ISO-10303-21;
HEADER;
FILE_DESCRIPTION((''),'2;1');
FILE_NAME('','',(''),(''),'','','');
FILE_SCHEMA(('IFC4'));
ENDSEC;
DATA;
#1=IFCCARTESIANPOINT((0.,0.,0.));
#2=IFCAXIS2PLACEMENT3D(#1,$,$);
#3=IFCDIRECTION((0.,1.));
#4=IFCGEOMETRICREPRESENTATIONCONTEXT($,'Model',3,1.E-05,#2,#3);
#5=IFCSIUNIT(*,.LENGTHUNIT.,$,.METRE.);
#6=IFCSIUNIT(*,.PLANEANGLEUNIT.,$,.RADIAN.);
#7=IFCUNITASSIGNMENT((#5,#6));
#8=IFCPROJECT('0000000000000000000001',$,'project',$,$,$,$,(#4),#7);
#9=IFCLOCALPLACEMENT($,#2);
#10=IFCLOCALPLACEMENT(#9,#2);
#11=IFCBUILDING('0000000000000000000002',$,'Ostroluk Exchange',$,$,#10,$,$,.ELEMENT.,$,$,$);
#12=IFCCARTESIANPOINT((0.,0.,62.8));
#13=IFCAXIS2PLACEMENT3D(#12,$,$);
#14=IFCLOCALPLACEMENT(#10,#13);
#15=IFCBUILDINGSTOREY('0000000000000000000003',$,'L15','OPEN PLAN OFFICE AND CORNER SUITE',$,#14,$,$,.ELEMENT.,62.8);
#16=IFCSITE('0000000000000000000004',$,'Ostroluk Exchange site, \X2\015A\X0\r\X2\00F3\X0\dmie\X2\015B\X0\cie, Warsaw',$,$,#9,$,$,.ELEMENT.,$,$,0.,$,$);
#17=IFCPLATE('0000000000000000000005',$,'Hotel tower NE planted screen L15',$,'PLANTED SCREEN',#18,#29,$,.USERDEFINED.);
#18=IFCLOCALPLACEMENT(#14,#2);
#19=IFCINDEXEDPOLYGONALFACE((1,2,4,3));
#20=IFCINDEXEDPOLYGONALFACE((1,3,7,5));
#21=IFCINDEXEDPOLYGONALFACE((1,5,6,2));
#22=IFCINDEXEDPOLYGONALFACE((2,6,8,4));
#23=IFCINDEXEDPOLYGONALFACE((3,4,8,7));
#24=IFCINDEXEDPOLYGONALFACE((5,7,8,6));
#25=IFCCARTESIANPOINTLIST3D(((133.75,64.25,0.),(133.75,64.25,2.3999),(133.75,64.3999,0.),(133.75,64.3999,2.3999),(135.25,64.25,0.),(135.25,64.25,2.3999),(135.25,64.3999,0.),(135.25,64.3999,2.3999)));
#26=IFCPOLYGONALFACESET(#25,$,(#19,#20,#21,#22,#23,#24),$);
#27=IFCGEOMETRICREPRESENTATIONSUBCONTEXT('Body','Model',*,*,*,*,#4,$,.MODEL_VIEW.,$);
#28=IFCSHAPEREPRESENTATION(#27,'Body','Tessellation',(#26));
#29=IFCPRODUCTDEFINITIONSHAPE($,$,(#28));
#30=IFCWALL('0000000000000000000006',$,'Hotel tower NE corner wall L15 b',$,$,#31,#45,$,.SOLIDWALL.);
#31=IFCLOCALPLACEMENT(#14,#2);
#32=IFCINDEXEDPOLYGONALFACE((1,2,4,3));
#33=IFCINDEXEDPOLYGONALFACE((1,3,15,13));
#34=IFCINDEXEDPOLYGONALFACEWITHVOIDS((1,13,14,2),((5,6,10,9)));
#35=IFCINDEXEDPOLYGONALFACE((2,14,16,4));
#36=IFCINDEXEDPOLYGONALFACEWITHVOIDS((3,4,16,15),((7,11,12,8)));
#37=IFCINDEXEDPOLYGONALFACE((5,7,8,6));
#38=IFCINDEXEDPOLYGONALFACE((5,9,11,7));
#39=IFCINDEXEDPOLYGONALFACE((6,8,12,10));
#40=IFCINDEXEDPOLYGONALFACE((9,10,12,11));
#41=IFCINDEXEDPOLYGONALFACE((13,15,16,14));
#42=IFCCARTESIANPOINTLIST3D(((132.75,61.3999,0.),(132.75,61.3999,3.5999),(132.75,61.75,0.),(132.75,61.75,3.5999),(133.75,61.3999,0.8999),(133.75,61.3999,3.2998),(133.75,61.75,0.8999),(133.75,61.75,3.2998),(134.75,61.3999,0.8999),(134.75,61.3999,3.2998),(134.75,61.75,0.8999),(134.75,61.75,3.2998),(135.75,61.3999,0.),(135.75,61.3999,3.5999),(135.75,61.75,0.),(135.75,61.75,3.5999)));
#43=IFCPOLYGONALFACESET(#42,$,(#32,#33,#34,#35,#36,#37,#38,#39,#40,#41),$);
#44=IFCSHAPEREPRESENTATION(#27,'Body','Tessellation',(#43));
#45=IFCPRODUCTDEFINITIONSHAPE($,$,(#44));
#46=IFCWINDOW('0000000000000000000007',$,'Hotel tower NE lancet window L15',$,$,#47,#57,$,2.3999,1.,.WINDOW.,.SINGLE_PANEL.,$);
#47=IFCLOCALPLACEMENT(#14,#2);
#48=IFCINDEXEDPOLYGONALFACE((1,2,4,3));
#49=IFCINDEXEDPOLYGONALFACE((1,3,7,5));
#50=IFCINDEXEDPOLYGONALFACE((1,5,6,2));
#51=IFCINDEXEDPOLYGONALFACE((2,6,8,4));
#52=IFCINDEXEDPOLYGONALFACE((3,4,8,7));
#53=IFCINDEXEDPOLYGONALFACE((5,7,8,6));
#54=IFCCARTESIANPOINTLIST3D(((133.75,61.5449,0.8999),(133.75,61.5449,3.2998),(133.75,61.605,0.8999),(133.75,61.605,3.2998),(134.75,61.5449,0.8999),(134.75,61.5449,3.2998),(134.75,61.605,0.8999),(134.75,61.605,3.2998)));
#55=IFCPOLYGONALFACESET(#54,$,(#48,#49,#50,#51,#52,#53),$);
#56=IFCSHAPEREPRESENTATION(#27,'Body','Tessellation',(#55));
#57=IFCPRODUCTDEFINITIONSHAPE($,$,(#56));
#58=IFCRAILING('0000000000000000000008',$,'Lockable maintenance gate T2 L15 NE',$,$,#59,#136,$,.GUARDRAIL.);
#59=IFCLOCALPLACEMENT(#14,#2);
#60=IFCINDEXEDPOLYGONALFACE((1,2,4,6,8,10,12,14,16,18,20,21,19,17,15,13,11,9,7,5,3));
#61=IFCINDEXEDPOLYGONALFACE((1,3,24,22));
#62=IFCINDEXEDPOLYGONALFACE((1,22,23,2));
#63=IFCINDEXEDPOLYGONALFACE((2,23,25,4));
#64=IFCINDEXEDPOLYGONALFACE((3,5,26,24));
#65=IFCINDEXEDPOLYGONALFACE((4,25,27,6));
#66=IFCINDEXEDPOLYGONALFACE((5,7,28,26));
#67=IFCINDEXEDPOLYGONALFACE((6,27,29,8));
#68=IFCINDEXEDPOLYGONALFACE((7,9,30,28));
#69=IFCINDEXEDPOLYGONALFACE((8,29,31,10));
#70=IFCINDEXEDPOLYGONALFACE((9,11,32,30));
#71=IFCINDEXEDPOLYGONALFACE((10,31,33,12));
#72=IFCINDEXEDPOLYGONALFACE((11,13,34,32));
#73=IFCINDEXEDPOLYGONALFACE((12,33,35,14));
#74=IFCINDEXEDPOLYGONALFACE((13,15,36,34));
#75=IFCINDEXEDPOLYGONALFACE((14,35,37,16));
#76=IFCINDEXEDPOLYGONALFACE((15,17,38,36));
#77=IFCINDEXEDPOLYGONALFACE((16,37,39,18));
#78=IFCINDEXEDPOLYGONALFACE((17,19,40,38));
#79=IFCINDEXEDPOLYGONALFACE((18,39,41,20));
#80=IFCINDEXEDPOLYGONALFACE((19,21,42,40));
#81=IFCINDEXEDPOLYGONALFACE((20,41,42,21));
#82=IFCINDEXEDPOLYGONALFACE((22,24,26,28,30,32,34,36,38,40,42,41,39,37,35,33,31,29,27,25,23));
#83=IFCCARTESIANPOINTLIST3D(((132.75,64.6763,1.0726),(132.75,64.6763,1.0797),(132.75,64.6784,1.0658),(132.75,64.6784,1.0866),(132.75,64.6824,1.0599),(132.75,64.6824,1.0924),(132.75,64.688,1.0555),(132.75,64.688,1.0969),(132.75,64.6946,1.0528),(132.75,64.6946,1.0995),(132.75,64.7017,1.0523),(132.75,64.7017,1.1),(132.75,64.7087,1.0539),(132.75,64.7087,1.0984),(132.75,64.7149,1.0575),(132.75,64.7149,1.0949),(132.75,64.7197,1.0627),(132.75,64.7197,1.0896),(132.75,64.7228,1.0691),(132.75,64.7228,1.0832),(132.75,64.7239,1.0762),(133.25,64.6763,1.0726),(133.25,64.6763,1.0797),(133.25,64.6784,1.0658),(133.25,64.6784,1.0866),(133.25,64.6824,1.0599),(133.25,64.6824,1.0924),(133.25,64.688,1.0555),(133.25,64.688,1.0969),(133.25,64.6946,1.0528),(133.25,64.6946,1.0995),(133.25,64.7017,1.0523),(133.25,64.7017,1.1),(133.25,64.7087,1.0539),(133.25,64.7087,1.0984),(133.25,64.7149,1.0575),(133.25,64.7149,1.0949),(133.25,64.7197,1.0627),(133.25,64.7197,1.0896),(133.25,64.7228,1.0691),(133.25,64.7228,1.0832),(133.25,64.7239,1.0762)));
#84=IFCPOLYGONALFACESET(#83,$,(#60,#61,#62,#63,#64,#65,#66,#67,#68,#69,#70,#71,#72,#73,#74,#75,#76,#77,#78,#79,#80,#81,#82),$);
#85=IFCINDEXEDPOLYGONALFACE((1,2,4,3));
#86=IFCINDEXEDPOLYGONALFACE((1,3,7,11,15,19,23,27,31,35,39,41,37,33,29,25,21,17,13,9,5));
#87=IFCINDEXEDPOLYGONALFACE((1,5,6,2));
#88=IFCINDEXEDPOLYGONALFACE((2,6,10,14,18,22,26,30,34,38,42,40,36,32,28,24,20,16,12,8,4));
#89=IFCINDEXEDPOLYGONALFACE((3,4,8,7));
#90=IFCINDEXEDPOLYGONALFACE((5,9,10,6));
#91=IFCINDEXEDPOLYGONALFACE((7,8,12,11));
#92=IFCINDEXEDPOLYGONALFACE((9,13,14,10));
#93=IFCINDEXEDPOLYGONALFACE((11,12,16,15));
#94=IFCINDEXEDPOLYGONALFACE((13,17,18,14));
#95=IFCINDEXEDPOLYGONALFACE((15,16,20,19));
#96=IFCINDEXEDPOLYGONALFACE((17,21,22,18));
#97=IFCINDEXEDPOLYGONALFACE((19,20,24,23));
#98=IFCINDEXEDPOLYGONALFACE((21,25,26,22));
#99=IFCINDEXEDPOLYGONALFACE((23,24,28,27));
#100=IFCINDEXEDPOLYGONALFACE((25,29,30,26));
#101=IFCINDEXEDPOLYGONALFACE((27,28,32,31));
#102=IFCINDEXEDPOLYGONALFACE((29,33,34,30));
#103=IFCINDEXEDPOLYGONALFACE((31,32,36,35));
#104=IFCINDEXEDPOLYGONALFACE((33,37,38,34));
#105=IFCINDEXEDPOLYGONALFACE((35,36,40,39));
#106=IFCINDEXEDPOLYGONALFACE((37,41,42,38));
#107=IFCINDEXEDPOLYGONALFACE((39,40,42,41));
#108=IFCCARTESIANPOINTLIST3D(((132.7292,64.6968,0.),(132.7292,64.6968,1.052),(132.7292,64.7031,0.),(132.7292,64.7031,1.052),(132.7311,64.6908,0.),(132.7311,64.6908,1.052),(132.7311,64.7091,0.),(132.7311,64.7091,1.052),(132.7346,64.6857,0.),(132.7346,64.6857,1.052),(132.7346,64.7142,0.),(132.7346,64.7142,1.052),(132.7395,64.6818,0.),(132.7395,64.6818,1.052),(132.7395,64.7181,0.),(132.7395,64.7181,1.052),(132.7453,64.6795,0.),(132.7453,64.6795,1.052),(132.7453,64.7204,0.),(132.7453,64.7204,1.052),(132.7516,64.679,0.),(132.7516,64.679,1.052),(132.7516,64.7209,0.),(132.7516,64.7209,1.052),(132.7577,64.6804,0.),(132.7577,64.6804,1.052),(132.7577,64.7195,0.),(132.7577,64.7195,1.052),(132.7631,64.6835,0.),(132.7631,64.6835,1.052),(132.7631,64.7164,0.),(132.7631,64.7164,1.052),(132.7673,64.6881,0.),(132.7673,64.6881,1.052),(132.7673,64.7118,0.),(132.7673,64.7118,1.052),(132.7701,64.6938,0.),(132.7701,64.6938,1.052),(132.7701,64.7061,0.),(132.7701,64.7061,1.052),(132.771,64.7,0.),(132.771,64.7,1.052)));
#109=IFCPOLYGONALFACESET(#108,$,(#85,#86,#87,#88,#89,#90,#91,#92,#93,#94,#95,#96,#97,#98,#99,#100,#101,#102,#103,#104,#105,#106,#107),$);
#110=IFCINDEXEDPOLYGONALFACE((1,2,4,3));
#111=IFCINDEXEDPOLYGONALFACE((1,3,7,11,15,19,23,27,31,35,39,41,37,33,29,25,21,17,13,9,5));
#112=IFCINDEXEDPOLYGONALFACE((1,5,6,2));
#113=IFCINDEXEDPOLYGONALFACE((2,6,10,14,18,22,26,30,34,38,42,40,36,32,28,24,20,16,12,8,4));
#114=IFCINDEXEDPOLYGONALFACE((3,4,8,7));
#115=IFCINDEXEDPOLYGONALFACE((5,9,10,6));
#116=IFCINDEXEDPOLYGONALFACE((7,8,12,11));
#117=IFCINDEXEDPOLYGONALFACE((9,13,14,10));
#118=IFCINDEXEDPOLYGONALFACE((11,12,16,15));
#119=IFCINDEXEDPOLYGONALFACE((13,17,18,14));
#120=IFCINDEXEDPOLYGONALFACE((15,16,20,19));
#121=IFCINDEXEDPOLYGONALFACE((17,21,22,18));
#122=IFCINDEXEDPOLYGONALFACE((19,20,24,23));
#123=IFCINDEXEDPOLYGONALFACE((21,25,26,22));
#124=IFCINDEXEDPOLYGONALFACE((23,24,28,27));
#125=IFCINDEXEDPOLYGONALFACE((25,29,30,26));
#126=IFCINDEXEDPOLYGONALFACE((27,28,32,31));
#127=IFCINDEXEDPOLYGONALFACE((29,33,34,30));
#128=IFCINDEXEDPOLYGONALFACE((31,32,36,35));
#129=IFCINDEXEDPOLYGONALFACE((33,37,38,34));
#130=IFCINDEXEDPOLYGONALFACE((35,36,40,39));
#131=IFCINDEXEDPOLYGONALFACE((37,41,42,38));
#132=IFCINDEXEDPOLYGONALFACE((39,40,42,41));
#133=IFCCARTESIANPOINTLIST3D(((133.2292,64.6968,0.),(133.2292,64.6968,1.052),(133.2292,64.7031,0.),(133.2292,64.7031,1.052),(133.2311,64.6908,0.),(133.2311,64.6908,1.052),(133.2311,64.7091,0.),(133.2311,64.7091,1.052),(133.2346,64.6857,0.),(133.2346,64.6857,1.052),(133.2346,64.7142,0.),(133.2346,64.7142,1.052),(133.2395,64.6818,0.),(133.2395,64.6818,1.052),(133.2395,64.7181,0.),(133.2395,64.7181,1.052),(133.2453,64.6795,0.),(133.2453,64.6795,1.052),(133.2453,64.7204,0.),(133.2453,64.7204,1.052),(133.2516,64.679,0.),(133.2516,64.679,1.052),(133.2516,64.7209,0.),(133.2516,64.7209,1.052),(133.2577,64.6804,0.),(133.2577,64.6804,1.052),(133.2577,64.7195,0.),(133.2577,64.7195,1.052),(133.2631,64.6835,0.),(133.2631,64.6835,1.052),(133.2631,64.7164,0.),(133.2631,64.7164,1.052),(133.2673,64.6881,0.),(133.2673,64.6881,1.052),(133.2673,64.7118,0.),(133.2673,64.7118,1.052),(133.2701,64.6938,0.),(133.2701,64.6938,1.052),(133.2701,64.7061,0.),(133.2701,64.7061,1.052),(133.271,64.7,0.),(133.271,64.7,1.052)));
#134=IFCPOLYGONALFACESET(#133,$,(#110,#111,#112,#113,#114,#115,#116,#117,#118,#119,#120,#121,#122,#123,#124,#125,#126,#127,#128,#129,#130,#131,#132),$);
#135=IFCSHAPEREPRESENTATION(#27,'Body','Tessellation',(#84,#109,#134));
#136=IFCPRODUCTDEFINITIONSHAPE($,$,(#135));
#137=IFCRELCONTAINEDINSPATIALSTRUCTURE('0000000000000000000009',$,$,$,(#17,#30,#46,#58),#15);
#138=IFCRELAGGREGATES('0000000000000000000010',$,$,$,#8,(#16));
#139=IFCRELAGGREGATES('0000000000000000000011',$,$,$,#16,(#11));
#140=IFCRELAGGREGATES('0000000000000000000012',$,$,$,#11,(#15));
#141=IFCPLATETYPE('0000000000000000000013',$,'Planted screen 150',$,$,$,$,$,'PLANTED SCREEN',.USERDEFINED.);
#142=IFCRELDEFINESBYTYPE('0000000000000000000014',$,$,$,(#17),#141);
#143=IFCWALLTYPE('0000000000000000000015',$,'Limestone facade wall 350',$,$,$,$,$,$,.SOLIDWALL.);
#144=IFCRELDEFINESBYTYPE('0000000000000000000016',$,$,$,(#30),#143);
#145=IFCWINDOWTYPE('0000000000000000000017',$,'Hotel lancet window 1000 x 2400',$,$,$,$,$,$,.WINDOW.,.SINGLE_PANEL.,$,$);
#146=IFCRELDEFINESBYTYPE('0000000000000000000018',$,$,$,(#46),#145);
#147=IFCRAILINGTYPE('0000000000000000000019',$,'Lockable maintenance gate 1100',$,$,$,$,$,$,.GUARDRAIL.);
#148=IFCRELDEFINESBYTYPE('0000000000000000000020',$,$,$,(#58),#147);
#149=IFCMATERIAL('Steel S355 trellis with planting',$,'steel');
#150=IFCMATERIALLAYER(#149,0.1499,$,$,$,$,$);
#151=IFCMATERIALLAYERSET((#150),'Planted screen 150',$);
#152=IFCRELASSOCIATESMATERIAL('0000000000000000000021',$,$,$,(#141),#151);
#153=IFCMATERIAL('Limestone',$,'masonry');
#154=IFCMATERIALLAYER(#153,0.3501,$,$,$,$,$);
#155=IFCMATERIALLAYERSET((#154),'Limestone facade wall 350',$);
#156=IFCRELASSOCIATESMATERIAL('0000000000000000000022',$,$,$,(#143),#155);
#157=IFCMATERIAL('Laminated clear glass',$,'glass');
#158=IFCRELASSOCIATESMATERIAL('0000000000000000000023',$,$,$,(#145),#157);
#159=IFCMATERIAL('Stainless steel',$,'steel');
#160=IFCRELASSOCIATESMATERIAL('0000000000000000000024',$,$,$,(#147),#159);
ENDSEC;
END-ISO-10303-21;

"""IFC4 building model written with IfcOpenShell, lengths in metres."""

from ifc_helpers import new_model, si_unit, direction, frame, frame_2d, origin, origin_2d, place, context, subcontext, project, spatial, rectangle, circle, extrude, material, layer, layer_set, type_object, element, fill, save


model = new_model("IFC4")

# Units and contexts
model_context = context("Model", 3, precision=1e-05, world=origin(), true_north=direction((0.0, 1.0)))
body_context = subcontext(model_context, "Body", "Model", "MODEL_VIEW")
ifc_project = project(units=[si_unit("LENGTHUNIT", "METRE"), si_unit("PLANEANGLEUNIT", "RADIAN")], contexts=[model_context])

# Site, building, storey
site_placement = place(None, origin())
site = spatial("IfcSite", under=ifc_project, at=site_placement, Name="Ostroluk Exchange site, Śródmieście, Warsaw", CompositionType="ELEMENT", RefElevation=0.0)
building_placement = place(site_placement, origin())
building = spatial("IfcBuilding", under=site, at=building_placement, Name="Ostroluk Exchange", CompositionType="ELEMENT")
storey_placement = place(building_placement, frame((0.0, 0.0, 62.8)))
storey = spatial("IfcBuildingStorey", under=building, at=storey_placement, Name="L15", Description="OPEN PLAN OFFICE AND CORNER SUITE", CompositionType="ELEMENT", Elevation=62.8)

# Plate
ifc_material_1 = material(Name="Steel S355 trellis with planting", Category="steel")
ifc_layer_1 = layer(ifc_material_1, 0.1499)
ifc_layer_set_1 = layer_set([ifc_layer_1], Name="Planted screen 150")
plate_type_1 = type_object("IfcPlateType", Name="Planted screen 150", ElementType="PLANTED SCREEN", PredefinedType="USERDEFINED", material=ifc_layer_set_1)
plate_1_placement = place(storey_placement, frame((134.5, 64.325, 0.0), z_axis=(0.0, 0.0, 1.0), x_axis=(1.0, 0.0, 0.0)))
element("IfcPlate", 1, at=plate_1_placement, inside=storey, type_object=plate_type_1, Name="Hotel tower NE planted screen L15", ObjectType="PLANTED SCREEN", PredefinedType="USERDEFINED", context=body_context, shape_type="SweptSolid", body=[
    extrude(rectangle(XDim=1.5, YDim=0.1499, at=origin_2d()), origin(), (0.0, 0.0, 1.0), 2.3999),
])

# Shared definitions
ifc_material_2 = material(Name="Limestone", Category="masonry")
ifc_layer_2 = layer(ifc_material_2, 0.3501)
ifc_layer_set_2 = layer_set([ifc_layer_2], Name="Limestone facade wall 350")
wall_type = type_object("IfcWallType", Name="Limestone facade wall 350", PredefinedType="SOLIDWALL", material=ifc_layer_set_2)

# Wall, opening, window
wall_1_placement = place(storey_placement, frame((132.75, 61.575, 0.0), z_axis=(0.0, 0.0, 1.0), x_axis=(1.0, 0.0, 0.0)))
wall_1 = element("IfcWall", 2, at=wall_1_placement, inside=storey, type_object=wall_type, Name="Hotel tower NE corner wall L15 b", PredefinedType="SOLIDWALL", context=body_context, shape_type="SweptSolid", body=[
    extrude(rectangle(XDim=3.0, YDim=0.3501, at=frame_2d((1.5, 0.0))), origin(), (0.0, 0.0, 1.0), 3.5999),
])
opening_1_placement = place(wall_1_placement, frame((1.0, 0.0, 0.8999)))
opening_1 = element("IfcOpeningElement", 3, at=opening_1_placement, cuts=wall_1, PredefinedType="OPENING", context=body_context, shape_type="SweptSolid", body=[
    extrude(rectangle(XDim=1.0, YDim=2.3999, at=frame_2d((0.5, 1.2))), frame((0.0, 0.1851, 0.0), z_axis=(0.0, -1.0, 0.0), x_axis=(1.0, 0.0, 0.0)), (0.0, 0.0, 1.0), 0.3701),
])
ifc_material_3 = material(Name="Laminated clear glass", Category="glass")
window_type = type_object("IfcWindowType", Name="Hotel lancet window 1000 x 2400", PartitioningType="SINGLE_PANEL", PredefinedType="WINDOW", material=ifc_material_3)
window_placement = place(opening_1_placement, origin())
window = element("IfcWindow", 4, at=window_placement, inside=storey, type_object=window_type, Name="Hotel tower NE lancet window L15", OverallHeight=2.3999, OverallWidth=1.0, PartitioningType="SINGLE_PANEL", PredefinedType="WINDOW", context=body_context, shape_type="SweptSolid", body=[
    extrude(rectangle(XDim=1.0, YDim=2.3999, at=frame_2d((0.5, 1.2))), frame((0.0, 0.03, 0.0), z_axis=(0.0, -1.0, 0.0), x_axis=(1.0, 0.0, 0.0)), (0.0, 0.0, 1.0), 0.0601),
])
fill(opening_1, window)

# Railing
ifc_material_4 = material(Name="Stainless steel", Category="steel")
railing_type_1 = type_object("IfcRailingType", Name="Lockable maintenance gate 1100", PredefinedType="GUARDRAIL", material=ifc_material_4)
railing_1_placement = place(storey_placement, frame((132.75, 64.7, 0.0)))
element("IfcRailing", 5, at=railing_1_placement, inside=storey, type_object=railing_type_1, Name="Lockable maintenance gate T2 L15 NE", PredefinedType="GUARDRAIL", context=body_context, shape_type="SweptSolid", body=[
    extrude(circle(Radius=0.0239, at=origin_2d()), frame((0.0, 0.0, 1.0762), z_axis=(1.0, 0.0, 0.0), x_axis=(0.0, 1.0, 0.0)), (0.0, 0.0, 1.0), 0.5),
    extrude(circle(Radius=0.021, at=origin_2d()), origin(), (0.0, 0.0, 1.0), 1.052),
    extrude(circle(Radius=0.021, at=origin_2d()), frame((0.5, 0.0, 0.0)), (0.0, 0.0, 1.0), 1.052),
])

save(model, "model.ifc")
